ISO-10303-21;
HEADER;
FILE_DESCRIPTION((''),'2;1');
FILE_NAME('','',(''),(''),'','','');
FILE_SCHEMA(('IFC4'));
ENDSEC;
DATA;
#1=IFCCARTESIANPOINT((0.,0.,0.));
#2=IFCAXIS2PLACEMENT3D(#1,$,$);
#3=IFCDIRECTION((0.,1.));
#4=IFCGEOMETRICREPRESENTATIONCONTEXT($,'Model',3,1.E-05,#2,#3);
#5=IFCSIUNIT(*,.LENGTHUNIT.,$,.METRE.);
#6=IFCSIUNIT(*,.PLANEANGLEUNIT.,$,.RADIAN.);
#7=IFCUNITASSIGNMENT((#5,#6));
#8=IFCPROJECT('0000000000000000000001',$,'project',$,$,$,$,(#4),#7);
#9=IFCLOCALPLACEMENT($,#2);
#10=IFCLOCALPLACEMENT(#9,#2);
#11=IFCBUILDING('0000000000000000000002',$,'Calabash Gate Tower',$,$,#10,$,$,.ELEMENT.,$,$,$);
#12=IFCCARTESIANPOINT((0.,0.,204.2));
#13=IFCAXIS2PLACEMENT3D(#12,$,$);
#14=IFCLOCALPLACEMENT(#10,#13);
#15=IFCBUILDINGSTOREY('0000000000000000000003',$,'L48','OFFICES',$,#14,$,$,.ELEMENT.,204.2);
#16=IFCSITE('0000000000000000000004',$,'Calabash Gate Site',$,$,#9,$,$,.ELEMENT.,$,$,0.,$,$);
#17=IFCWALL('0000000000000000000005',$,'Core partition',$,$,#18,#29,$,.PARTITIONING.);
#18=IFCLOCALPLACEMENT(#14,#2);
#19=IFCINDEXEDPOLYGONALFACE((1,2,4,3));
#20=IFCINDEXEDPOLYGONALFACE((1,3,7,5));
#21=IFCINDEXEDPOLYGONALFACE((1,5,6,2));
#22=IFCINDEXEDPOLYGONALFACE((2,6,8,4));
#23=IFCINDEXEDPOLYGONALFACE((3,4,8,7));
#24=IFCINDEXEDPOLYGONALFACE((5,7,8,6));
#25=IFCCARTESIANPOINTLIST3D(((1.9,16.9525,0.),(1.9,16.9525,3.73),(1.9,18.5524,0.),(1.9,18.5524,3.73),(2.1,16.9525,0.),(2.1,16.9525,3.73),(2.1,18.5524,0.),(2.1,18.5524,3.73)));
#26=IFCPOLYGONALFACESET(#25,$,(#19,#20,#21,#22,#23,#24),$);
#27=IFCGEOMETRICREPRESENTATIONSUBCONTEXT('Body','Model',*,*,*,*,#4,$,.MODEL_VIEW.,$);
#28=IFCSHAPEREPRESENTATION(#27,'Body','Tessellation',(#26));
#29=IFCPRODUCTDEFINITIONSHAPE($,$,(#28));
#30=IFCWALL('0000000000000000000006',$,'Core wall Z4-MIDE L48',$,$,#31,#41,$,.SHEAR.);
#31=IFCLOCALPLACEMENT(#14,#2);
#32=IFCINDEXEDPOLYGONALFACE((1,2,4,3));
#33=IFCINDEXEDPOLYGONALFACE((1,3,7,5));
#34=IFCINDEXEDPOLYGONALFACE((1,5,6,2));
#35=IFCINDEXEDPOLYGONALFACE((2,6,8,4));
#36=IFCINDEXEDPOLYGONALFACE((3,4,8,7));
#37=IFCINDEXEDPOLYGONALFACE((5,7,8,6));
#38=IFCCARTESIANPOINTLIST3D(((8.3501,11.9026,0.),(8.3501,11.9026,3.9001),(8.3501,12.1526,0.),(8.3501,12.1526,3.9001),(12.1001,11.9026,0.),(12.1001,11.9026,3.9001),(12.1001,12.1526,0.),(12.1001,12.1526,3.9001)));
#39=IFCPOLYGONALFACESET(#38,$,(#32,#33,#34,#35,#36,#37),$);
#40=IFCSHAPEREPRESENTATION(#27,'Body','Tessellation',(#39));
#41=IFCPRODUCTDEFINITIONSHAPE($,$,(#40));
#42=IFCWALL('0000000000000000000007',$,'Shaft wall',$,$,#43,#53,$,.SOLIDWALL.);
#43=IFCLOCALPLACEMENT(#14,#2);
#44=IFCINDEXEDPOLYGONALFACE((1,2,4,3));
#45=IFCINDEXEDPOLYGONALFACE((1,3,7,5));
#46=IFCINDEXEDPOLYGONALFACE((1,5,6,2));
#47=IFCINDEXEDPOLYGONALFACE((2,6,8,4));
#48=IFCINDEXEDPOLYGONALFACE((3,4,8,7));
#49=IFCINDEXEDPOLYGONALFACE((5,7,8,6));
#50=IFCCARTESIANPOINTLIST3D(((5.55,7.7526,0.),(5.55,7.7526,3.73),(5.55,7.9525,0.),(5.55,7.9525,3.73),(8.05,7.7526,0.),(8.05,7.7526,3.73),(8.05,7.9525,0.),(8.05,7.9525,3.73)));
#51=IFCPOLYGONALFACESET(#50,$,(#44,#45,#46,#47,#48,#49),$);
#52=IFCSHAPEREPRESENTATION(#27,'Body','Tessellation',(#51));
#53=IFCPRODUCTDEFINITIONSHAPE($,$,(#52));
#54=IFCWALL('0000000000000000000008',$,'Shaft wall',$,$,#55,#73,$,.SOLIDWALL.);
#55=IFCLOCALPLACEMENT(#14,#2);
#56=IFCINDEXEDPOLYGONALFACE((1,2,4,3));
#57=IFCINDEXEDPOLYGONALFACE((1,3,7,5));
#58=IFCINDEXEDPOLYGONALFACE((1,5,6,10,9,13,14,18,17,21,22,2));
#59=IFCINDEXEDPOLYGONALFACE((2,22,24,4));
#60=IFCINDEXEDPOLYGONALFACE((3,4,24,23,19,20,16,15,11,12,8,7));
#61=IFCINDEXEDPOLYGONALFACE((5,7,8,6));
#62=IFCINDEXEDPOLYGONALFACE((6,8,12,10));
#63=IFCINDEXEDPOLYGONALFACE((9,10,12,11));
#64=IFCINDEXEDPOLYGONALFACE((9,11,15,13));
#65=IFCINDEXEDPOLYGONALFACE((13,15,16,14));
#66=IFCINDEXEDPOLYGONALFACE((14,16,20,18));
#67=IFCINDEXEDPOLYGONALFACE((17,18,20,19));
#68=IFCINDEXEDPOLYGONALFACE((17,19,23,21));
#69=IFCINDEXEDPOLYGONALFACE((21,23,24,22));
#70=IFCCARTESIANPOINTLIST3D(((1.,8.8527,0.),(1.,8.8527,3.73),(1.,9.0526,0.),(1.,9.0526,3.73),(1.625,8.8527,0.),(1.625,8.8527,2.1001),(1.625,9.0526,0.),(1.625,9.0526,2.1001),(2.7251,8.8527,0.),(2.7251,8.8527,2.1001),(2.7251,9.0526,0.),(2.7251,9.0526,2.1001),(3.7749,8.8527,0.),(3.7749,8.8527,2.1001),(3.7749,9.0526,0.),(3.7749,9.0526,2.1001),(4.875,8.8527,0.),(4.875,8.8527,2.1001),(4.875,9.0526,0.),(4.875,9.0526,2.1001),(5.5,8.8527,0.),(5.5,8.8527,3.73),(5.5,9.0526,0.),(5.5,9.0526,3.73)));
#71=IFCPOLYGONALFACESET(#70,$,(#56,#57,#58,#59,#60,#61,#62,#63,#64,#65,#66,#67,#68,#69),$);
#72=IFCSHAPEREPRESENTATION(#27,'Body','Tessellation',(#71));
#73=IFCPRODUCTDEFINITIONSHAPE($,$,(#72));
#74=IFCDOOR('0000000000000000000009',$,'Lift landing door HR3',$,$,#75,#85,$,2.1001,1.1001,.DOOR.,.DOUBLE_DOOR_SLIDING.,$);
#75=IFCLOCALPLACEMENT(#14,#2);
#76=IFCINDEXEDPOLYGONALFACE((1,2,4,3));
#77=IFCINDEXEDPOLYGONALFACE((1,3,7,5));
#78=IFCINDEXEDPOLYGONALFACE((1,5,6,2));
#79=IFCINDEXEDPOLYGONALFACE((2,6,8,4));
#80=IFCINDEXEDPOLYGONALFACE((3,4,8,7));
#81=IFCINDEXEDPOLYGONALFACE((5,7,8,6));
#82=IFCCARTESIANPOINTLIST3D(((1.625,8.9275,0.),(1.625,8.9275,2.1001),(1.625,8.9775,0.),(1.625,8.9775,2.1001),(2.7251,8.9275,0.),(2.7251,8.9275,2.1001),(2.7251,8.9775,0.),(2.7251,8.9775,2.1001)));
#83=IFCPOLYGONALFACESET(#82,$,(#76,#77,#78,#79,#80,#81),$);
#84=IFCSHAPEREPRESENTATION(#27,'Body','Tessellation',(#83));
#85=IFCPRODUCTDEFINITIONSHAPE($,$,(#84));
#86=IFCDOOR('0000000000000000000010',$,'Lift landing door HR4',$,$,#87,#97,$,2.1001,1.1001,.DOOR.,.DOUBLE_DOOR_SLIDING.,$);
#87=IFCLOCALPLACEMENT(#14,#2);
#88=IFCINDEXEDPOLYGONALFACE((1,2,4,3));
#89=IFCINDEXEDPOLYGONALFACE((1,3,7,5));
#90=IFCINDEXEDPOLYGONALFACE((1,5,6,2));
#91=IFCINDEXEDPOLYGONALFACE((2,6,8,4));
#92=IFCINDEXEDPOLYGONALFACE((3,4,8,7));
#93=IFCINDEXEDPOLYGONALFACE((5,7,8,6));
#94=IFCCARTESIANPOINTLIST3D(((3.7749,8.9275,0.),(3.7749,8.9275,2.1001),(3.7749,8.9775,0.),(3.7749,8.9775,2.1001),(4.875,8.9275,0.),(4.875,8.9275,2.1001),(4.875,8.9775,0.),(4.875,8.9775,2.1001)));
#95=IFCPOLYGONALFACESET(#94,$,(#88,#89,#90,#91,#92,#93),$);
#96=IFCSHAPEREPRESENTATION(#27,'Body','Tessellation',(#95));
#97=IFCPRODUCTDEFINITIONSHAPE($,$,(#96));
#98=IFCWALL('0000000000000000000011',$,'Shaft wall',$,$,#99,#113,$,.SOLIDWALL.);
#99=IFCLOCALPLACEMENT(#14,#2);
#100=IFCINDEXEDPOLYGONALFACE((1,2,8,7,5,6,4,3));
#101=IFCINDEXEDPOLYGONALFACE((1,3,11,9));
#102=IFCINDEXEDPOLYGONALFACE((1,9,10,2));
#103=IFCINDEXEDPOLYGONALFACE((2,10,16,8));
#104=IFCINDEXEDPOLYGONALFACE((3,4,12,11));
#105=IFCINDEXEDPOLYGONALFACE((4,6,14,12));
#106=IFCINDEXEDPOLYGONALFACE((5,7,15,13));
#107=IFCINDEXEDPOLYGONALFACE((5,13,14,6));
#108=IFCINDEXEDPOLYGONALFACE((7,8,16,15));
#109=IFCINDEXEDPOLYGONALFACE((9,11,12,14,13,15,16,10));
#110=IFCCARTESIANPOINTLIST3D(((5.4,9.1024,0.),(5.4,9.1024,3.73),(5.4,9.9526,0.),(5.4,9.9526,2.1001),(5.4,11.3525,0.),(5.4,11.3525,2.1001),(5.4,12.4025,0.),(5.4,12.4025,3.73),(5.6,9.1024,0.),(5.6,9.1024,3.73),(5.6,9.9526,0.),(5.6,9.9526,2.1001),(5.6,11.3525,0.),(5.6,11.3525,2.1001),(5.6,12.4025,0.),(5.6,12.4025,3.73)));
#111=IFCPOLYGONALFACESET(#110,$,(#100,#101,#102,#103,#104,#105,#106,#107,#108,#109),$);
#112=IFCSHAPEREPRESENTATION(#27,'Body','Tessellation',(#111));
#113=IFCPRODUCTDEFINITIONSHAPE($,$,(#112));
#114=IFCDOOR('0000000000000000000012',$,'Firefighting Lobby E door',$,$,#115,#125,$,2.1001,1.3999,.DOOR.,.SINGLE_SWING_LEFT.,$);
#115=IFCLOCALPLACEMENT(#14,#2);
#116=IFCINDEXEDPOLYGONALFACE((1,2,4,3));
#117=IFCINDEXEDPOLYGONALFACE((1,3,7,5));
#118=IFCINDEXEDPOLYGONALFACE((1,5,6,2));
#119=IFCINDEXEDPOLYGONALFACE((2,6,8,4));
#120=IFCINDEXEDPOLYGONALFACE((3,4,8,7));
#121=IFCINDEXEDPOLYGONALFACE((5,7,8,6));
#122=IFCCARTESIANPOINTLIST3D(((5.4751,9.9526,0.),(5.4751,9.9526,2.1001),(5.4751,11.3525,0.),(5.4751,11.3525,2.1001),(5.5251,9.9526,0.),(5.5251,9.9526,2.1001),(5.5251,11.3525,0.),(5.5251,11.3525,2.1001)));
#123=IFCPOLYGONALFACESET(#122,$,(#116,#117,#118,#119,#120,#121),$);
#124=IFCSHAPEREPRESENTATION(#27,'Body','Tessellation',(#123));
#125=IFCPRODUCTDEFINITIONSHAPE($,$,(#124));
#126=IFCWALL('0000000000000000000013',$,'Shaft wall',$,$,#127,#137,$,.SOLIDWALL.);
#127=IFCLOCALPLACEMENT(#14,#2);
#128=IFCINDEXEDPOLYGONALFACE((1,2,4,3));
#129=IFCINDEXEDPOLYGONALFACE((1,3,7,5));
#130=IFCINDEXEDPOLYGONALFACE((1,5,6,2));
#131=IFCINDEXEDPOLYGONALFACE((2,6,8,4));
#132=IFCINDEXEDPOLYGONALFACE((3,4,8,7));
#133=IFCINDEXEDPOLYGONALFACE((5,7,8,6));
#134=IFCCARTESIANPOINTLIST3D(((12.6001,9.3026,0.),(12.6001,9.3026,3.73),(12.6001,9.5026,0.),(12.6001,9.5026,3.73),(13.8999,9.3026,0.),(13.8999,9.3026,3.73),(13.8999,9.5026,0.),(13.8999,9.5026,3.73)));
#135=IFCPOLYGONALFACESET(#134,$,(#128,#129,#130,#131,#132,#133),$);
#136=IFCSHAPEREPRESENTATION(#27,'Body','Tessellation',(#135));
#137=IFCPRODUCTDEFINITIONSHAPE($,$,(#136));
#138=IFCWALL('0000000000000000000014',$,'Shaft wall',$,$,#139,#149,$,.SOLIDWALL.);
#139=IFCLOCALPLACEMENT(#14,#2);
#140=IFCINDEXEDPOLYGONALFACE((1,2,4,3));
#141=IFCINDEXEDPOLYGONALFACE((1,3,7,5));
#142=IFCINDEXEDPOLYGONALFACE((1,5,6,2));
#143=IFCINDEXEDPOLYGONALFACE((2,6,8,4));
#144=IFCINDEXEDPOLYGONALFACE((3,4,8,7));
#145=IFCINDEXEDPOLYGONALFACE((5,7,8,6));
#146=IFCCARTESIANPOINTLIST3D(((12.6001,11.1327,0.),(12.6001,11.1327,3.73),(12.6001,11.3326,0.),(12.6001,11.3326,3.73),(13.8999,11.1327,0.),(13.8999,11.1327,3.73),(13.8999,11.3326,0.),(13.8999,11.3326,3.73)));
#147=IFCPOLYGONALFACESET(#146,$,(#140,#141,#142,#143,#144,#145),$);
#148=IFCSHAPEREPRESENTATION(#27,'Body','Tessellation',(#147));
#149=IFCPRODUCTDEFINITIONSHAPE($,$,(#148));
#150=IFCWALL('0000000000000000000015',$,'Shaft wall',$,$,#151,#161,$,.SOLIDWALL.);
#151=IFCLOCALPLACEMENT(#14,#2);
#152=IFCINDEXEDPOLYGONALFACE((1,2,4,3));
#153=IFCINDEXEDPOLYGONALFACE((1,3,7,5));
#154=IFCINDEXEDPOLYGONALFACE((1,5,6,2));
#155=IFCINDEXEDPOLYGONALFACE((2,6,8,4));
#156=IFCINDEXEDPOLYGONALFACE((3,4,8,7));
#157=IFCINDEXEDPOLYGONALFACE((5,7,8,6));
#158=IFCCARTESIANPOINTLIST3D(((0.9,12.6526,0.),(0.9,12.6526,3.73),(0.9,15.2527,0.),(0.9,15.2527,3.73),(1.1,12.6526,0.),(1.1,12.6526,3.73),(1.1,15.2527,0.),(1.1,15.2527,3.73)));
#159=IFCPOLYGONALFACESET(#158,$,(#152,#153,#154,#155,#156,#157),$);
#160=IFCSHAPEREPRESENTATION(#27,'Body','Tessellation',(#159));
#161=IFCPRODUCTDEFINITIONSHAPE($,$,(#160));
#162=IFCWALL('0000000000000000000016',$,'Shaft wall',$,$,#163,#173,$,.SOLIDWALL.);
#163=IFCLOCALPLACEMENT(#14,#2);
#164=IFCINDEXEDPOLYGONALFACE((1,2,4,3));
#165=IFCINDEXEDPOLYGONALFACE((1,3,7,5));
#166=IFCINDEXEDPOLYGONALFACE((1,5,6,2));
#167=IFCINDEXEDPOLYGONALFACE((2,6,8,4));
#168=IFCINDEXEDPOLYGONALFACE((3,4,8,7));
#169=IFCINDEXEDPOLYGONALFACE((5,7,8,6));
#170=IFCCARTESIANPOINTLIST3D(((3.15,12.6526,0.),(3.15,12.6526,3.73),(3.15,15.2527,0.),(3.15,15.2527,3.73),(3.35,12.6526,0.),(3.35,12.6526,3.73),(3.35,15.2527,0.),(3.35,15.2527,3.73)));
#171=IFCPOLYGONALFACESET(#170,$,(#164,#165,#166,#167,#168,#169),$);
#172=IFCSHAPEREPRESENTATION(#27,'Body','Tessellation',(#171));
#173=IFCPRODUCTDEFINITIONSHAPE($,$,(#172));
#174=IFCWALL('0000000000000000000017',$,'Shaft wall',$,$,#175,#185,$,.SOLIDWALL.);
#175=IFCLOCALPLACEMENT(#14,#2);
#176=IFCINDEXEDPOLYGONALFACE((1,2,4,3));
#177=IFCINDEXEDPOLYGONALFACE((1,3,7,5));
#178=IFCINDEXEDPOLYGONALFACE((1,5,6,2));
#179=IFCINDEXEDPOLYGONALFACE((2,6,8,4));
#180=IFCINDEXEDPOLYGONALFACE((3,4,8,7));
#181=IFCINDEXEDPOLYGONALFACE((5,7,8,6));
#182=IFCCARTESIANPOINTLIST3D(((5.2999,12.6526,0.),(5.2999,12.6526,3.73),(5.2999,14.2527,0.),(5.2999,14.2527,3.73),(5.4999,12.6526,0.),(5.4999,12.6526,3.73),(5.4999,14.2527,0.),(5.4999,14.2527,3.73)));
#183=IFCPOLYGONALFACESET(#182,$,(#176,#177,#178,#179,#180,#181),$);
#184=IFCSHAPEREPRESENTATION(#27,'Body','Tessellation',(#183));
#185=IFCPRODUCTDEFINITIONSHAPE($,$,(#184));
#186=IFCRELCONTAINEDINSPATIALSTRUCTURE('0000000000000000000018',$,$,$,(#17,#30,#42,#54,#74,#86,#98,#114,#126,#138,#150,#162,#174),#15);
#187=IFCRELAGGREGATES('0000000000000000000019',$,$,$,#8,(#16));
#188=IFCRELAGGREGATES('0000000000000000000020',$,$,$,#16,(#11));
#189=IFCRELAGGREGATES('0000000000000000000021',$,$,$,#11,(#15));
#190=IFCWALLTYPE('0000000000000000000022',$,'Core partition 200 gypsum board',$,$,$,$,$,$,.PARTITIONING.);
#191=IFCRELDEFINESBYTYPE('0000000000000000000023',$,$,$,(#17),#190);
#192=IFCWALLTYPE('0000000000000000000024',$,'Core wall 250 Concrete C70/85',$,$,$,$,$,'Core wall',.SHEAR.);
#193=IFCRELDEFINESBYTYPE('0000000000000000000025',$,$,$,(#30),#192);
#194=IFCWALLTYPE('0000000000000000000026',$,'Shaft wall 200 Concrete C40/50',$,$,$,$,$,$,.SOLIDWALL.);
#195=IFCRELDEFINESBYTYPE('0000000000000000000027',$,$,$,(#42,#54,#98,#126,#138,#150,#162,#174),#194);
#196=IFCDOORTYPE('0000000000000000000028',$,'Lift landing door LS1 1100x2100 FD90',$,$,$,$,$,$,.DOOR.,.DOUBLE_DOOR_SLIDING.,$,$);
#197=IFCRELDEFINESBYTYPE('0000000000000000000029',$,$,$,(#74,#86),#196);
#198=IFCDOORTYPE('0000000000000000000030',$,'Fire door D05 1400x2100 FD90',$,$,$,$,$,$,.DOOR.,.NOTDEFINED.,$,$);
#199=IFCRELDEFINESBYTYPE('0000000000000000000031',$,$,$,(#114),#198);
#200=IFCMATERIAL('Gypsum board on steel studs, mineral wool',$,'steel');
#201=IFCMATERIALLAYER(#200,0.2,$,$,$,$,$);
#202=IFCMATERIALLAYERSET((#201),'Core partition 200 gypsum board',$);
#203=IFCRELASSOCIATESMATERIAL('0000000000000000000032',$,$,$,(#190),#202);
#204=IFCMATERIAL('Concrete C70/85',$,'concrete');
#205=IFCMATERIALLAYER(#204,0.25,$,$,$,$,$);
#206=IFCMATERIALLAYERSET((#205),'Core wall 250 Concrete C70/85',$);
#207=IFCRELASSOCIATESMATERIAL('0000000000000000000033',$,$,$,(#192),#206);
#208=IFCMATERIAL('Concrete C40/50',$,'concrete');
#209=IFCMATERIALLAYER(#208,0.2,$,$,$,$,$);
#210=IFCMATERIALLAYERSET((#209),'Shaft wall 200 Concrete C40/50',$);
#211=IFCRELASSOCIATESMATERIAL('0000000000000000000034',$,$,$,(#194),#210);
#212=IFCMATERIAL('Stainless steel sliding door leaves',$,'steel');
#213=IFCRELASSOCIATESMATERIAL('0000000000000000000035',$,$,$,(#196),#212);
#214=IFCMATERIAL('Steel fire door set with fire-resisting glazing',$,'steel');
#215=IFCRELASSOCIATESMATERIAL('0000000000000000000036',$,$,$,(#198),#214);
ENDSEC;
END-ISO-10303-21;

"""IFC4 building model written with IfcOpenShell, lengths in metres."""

from ifc_helpers import new_model, si_unit, direction, frame, frame_2d, origin, place, context, subcontext, project, spatial, rectangle, extrude, material, layer, layer_set, type_object, element, fill, save


model = new_model("IFC4")

# Units and contexts
model_context = context("Model", 3, precision=1e-05, world=origin(), true_north=direction((0.0, 1.0)))
body_context = subcontext(model_context, "Body", "Model", "MODEL_VIEW")
ifc_project = project(units=[si_unit("LENGTHUNIT", "METRE"), si_unit("PLANEANGLEUNIT", "RADIAN")], contexts=[model_context])

# Site, building, storey
site_placement = place(None, origin())
site = spatial("IfcSite", under=ifc_project, at=site_placement, Name="Calabash Gate Site", CompositionType="ELEMENT", RefElevation=0.0)
building_placement = place(site_placement, origin())
building = spatial("IfcBuilding", under=site, at=building_placement, Name="Calabash Gate Tower", CompositionType="ELEMENT")
storey_placement = place(building_placement, frame((0.0, 0.0, 204.2)))
storey = spatial("IfcBuildingStorey", under=building, at=storey_placement, Name="L48", Description="OFFICES", CompositionType="ELEMENT", Elevation=204.2)

# Walls
ifc_material_1 = material(Name="Gypsum board on steel studs, mineral wool", Category="steel")
ifc_layer_1 = layer(ifc_material_1, 0.2)
ifc_layer_set_1 = layer_set([ifc_layer_1], Name="Core partition 200 gypsum board")
wall_type_1 = type_object("IfcWallType", Name="Core partition 200 gypsum board", PredefinedType="PARTITIONING", material=ifc_layer_set_1)
wall_1_placement = place(storey_placement, frame((2.0, 16.9526, 0.0), z_axis=(0.0, 0.0, 1.0), x_axis=(0.0, 1.0, 0.0)))
element("IfcWall", 1, at=wall_1_placement, inside=storey, type_object=wall_type_1, Name="Core partition", PredefinedType="PARTITIONING", context=body_context, shape_type="SweptSolid", body=[
    extrude(rectangle(XDim=1.5999, YDim=0.2, at=frame_2d((0.7998, 0.0))), origin(), (0.0, 0.0, 1.0), 3.73),
])
ifc_material_2 = material(Name="Concrete C70/85", Category="concrete")
ifc_layer_2 = layer(ifc_material_2, 0.25)
ifc_layer_set_2 = layer_set([ifc_layer_2], Name="Core wall 250 Concrete C70/85")
wall_type_2 = type_object("IfcWallType", Name="Core wall 250 Concrete C70/85", ElementType="Core wall", PredefinedType="SHEAR", material=ifc_layer_set_2)
wall_2_placement = place(storey_placement, frame((8.3501, 12.0276, 0.0), z_axis=(0.0, 0.0, 1.0), x_axis=(1.0, 0.0, 0.0)))
element("IfcWall", 2, at=wall_2_placement, inside=storey, type_object=wall_type_2, Name="Core wall Z4-MIDE L48", PredefinedType="SHEAR", context=body_context, shape_type="SweptSolid", body=[
    extrude(rectangle(XDim=3.75, YDim=0.25, at=frame_2d((1.875, 0.0))), origin(), (0.0, 0.0, 1.0), 3.9001),
])
ifc_material_3 = material(Name="Concrete C40/50", Category="concrete")
ifc_layer_3 = layer(ifc_material_3, 0.2)
ifc_layer_set_3 = layer_set([ifc_layer_3], Name="Shaft wall 200 Concrete C40/50")
wall_type_3 = type_object("IfcWallType", Name="Shaft wall 200 Concrete C40/50", PredefinedType="SOLIDWALL", material=ifc_layer_set_3)
wall_3_placement = place(storey_placement, frame((5.55, 7.8525, 0.0), z_axis=(0.0, 0.0, 1.0), x_axis=(1.0, 0.0, 0.0)))
element("IfcWall", 3, at=wall_3_placement, inside=storey, type_object=wall_type_3, Name="Shaft wall", PredefinedType="SOLIDWALL", context=body_context, shape_type="SweptSolid", body=[
    extrude(rectangle(XDim=2.5, YDim=0.2, at=frame_2d((1.25, 0.0))), origin(), (0.0, 0.0, 1.0), 3.73),
])

# Wall, openings, doors
wall_4_placement = place(storey_placement, frame((1.0, 8.9526, 0.0), z_axis=(0.0, 0.0, 1.0), x_axis=(1.0, 0.0, 0.0)))
wall_4 = element("IfcWall", 4, at=wall_4_placement, inside=storey, type_object=wall_type_3, Name="Shaft wall", PredefinedType="SOLIDWALL", context=body_context, shape_type="SweptSolid", body=[
    extrude(rectangle(XDim=4.5, YDim=0.2, at=frame_2d((2.25, 0.0))), origin(), (0.0, 0.0, 1.0), 3.73),
])
opening_1_placement = place(wall_4_placement, frame((0.625, 0.0, 0.0)))
opening_1 = element("IfcOpeningElement", 5, at=opening_1_placement, cuts=wall_4, PredefinedType="OPENING", context=body_context, shape_type="SweptSolid", body=[
    extrude(rectangle(XDim=1.1001, YDim=2.1001, at=frame_2d((0.55, 1.05))), frame((0.0, 0.1099, 0.0), z_axis=(0.0, -1.0, 0.0), x_axis=(1.0, 0.0, 0.0)), (0.0, 0.0, 1.0), 0.22),
])
opening_2_placement = place(wall_4_placement, frame((2.7749, 0.0, 0.0)))
opening_2 = element("IfcOpeningElement", 6, at=opening_2_placement, cuts=wall_4, PredefinedType="OPENING", context=body_context, shape_type="SweptSolid", body=[
    extrude(rectangle(XDim=1.1001, YDim=2.1001, at=frame_2d((0.55, 1.05))), frame((0.0, 0.1099, 0.0), z_axis=(0.0, -1.0, 0.0), x_axis=(1.0, 0.0, 0.0)), (0.0, 0.0, 1.0), 0.22),
])
ifc_material_4 = material(Name="Stainless steel sliding door leaves", Category="steel")
door_type_1 = type_object("IfcDoorType", Name="Lift landing door LS1 1100x2100 FD90", OperationType="DOUBLE_DOOR_SLIDING", PredefinedType="DOOR", material=ifc_material_4)
door_1_placement = place(opening_1_placement, origin())
door_1 = element("IfcDoor", 7, at=door_1_placement, inside=storey, type_object=door_type_1, Name="Lift landing door HR3", OperationType="DOUBLE_DOOR_SLIDING", OverallHeight=2.1001, OverallWidth=1.1001, PredefinedType="DOOR", context=body_context, shape_type="SweptSolid", body=[
    extrude(rectangle(XDim=1.1001, YDim=2.1001, at=frame_2d((0.55, 1.05))), frame((0.0, 0.0249, 0.0), z_axis=(0.0, -1.0, 0.0), x_axis=(1.0, 0.0, 0.0)), (0.0, 0.0, 1.0), 0.05),
])
fill(opening_1, door_1)
door_2_placement = place(opening_2_placement, origin())
door_2 = element("IfcDoor", 8, at=door_2_placement, inside=storey, type_object=door_type_1, Name="Lift landing door HR4", OperationType="DOUBLE_DOOR_SLIDING", OverallHeight=2.1001, OverallWidth=1.1001, PredefinedType="DOOR", context=body_context, shape_type="SweptSolid", body=[
    extrude(rectangle(XDim=1.1001, YDim=2.1001, at=frame_2d((0.55, 1.05))), frame((0.0, 0.0249, 0.0), z_axis=(0.0, -1.0, 0.0), x_axis=(1.0, 0.0, 0.0)), (0.0, 0.0, 1.0), 0.05),
])
fill(opening_2, door_2)

# Wall, opening, door
wall_5_placement = place(storey_placement, frame((5.5, 9.1025, 0.0), z_axis=(0.0, 0.0, 1.0), x_axis=(0.0, 1.0, 0.0)))
wall_5 = element("IfcWall", 9, at=wall_5_placement, inside=storey, type_object=wall_type_3, Name="Shaft wall", PredefinedType="SOLIDWALL", context=body_context, shape_type="SweptSolid", body=[
    extrude(rectangle(XDim=3.3, YDim=0.2, at=frame_2d((1.6499, 0.0))), origin(), (0.0, 0.0, 1.0), 3.73),
])
opening_3_placement = place(wall_5_placement, frame((0.8501, 0.0, 0.0)))
opening_3 = element("IfcOpeningElement", 10, at=opening_3_placement, cuts=wall_5, PredefinedType="OPENING", context=body_context, shape_type="SweptSolid", body=[
    extrude(rectangle(XDim=1.3999, YDim=2.1001, at=frame_2d((0.7, 1.05))), frame((0.0, 0.1099, 0.0), z_axis=(0.0, -1.0, 0.0), x_axis=(1.0, 0.0, 0.0)), (0.0, 0.0, 1.0), 0.22),
])
ifc_material_5 = material(Name="Steel fire door set with fire-resisting glazing", Category="steel")
door_type_2 = type_object("IfcDoorType", Name="Fire door D05 1400x2100 FD90", OperationType="NOTDEFINED", PredefinedType="DOOR", material=ifc_material_5)
door_3_placement = place(opening_3_placement, origin())
door_3 = element("IfcDoor", 11, at=door_3_placement, inside=storey, type_object=door_type_2, Name="Firefighting Lobby E door", OperationType="SINGLE_SWING_LEFT", OverallHeight=2.1001, OverallWidth=1.3999, PredefinedType="DOOR", context=body_context, shape_type="SweptSolid", body=[
    extrude(rectangle(XDim=1.3999, YDim=2.1001, at=frame_2d((0.7, 1.05))), frame((0.0, 0.0249, 0.0), z_axis=(0.0, -1.0, 0.0), x_axis=(1.0, 0.0, 0.0)), (0.0, 0.0, 1.0), 0.05),
])
fill(opening_3, door_3)

# Walls
for number, where, z_axis, x_axis, name in (
    (12, (12.6001, 9.4026, 0.0), (0.0, 0.0, 1.0), (1.0, 0.0, 0.0), "Shaft wall"),
    (13, (12.6001, 11.2327, 0.0), (0.0, 0.0, 1.0), (1.0, 0.0, 0.0), "Shaft wall"),
):
    element("IfcWall", number, at=place(storey_placement, frame(where, z_axis=z_axis, x_axis=x_axis)), inside=storey, type_object=wall_type_3, Name=name, PredefinedType="SOLIDWALL", context=body_context, shape_type="SweptSolid", body=[
        extrude(rectangle(XDim=1.2998, YDim=0.2, at=frame_2d((0.6499, 0.0))), origin(), (0.0, 0.0, 1.0), 3.73),
    ])
for number, where, z_axis, x_axis, name in (
    (14, (1.0, 12.6526, 0.0), (0.0, 0.0, 1.0), (0.0, 1.0, 0.0), "Shaft wall"),
    (15, (3.25, 12.6526, 0.0), (0.0, 0.0, 1.0), (0.0, 1.0, 0.0), "Shaft wall"),
):
    element("IfcWall", number, at=place(storey_placement, frame(where, z_axis=z_axis, x_axis=x_axis)), inside=storey, type_object=wall_type_3, Name=name, PredefinedType="SOLIDWALL", context=body_context, shape_type="SweptSolid", body=[
        extrude(rectangle(XDim=2.6001, YDim=0.2, at=frame_2d((1.3, 0.0))), origin(), (0.0, 0.0, 1.0), 3.73),
    ])
wall_6_placement = place(storey_placement, frame((5.3999, 12.6526, 0.0), z_axis=(0.0, 0.0, 1.0), x_axis=(0.0, 1.0, 0.0)))
element("IfcWall", 16, at=wall_6_placement, inside=storey, type_object=wall_type_3, Name="Shaft wall", PredefinedType="SOLIDWALL", context=body_context, shape_type="SweptSolid", body=[
    extrude(rectangle(XDim=1.6001, YDim=0.2, at=frame_2d((0.8, 0.0))), origin(), (0.0, 0.0, 1.0), 3.73),
])

save(model, "model.ifc")
